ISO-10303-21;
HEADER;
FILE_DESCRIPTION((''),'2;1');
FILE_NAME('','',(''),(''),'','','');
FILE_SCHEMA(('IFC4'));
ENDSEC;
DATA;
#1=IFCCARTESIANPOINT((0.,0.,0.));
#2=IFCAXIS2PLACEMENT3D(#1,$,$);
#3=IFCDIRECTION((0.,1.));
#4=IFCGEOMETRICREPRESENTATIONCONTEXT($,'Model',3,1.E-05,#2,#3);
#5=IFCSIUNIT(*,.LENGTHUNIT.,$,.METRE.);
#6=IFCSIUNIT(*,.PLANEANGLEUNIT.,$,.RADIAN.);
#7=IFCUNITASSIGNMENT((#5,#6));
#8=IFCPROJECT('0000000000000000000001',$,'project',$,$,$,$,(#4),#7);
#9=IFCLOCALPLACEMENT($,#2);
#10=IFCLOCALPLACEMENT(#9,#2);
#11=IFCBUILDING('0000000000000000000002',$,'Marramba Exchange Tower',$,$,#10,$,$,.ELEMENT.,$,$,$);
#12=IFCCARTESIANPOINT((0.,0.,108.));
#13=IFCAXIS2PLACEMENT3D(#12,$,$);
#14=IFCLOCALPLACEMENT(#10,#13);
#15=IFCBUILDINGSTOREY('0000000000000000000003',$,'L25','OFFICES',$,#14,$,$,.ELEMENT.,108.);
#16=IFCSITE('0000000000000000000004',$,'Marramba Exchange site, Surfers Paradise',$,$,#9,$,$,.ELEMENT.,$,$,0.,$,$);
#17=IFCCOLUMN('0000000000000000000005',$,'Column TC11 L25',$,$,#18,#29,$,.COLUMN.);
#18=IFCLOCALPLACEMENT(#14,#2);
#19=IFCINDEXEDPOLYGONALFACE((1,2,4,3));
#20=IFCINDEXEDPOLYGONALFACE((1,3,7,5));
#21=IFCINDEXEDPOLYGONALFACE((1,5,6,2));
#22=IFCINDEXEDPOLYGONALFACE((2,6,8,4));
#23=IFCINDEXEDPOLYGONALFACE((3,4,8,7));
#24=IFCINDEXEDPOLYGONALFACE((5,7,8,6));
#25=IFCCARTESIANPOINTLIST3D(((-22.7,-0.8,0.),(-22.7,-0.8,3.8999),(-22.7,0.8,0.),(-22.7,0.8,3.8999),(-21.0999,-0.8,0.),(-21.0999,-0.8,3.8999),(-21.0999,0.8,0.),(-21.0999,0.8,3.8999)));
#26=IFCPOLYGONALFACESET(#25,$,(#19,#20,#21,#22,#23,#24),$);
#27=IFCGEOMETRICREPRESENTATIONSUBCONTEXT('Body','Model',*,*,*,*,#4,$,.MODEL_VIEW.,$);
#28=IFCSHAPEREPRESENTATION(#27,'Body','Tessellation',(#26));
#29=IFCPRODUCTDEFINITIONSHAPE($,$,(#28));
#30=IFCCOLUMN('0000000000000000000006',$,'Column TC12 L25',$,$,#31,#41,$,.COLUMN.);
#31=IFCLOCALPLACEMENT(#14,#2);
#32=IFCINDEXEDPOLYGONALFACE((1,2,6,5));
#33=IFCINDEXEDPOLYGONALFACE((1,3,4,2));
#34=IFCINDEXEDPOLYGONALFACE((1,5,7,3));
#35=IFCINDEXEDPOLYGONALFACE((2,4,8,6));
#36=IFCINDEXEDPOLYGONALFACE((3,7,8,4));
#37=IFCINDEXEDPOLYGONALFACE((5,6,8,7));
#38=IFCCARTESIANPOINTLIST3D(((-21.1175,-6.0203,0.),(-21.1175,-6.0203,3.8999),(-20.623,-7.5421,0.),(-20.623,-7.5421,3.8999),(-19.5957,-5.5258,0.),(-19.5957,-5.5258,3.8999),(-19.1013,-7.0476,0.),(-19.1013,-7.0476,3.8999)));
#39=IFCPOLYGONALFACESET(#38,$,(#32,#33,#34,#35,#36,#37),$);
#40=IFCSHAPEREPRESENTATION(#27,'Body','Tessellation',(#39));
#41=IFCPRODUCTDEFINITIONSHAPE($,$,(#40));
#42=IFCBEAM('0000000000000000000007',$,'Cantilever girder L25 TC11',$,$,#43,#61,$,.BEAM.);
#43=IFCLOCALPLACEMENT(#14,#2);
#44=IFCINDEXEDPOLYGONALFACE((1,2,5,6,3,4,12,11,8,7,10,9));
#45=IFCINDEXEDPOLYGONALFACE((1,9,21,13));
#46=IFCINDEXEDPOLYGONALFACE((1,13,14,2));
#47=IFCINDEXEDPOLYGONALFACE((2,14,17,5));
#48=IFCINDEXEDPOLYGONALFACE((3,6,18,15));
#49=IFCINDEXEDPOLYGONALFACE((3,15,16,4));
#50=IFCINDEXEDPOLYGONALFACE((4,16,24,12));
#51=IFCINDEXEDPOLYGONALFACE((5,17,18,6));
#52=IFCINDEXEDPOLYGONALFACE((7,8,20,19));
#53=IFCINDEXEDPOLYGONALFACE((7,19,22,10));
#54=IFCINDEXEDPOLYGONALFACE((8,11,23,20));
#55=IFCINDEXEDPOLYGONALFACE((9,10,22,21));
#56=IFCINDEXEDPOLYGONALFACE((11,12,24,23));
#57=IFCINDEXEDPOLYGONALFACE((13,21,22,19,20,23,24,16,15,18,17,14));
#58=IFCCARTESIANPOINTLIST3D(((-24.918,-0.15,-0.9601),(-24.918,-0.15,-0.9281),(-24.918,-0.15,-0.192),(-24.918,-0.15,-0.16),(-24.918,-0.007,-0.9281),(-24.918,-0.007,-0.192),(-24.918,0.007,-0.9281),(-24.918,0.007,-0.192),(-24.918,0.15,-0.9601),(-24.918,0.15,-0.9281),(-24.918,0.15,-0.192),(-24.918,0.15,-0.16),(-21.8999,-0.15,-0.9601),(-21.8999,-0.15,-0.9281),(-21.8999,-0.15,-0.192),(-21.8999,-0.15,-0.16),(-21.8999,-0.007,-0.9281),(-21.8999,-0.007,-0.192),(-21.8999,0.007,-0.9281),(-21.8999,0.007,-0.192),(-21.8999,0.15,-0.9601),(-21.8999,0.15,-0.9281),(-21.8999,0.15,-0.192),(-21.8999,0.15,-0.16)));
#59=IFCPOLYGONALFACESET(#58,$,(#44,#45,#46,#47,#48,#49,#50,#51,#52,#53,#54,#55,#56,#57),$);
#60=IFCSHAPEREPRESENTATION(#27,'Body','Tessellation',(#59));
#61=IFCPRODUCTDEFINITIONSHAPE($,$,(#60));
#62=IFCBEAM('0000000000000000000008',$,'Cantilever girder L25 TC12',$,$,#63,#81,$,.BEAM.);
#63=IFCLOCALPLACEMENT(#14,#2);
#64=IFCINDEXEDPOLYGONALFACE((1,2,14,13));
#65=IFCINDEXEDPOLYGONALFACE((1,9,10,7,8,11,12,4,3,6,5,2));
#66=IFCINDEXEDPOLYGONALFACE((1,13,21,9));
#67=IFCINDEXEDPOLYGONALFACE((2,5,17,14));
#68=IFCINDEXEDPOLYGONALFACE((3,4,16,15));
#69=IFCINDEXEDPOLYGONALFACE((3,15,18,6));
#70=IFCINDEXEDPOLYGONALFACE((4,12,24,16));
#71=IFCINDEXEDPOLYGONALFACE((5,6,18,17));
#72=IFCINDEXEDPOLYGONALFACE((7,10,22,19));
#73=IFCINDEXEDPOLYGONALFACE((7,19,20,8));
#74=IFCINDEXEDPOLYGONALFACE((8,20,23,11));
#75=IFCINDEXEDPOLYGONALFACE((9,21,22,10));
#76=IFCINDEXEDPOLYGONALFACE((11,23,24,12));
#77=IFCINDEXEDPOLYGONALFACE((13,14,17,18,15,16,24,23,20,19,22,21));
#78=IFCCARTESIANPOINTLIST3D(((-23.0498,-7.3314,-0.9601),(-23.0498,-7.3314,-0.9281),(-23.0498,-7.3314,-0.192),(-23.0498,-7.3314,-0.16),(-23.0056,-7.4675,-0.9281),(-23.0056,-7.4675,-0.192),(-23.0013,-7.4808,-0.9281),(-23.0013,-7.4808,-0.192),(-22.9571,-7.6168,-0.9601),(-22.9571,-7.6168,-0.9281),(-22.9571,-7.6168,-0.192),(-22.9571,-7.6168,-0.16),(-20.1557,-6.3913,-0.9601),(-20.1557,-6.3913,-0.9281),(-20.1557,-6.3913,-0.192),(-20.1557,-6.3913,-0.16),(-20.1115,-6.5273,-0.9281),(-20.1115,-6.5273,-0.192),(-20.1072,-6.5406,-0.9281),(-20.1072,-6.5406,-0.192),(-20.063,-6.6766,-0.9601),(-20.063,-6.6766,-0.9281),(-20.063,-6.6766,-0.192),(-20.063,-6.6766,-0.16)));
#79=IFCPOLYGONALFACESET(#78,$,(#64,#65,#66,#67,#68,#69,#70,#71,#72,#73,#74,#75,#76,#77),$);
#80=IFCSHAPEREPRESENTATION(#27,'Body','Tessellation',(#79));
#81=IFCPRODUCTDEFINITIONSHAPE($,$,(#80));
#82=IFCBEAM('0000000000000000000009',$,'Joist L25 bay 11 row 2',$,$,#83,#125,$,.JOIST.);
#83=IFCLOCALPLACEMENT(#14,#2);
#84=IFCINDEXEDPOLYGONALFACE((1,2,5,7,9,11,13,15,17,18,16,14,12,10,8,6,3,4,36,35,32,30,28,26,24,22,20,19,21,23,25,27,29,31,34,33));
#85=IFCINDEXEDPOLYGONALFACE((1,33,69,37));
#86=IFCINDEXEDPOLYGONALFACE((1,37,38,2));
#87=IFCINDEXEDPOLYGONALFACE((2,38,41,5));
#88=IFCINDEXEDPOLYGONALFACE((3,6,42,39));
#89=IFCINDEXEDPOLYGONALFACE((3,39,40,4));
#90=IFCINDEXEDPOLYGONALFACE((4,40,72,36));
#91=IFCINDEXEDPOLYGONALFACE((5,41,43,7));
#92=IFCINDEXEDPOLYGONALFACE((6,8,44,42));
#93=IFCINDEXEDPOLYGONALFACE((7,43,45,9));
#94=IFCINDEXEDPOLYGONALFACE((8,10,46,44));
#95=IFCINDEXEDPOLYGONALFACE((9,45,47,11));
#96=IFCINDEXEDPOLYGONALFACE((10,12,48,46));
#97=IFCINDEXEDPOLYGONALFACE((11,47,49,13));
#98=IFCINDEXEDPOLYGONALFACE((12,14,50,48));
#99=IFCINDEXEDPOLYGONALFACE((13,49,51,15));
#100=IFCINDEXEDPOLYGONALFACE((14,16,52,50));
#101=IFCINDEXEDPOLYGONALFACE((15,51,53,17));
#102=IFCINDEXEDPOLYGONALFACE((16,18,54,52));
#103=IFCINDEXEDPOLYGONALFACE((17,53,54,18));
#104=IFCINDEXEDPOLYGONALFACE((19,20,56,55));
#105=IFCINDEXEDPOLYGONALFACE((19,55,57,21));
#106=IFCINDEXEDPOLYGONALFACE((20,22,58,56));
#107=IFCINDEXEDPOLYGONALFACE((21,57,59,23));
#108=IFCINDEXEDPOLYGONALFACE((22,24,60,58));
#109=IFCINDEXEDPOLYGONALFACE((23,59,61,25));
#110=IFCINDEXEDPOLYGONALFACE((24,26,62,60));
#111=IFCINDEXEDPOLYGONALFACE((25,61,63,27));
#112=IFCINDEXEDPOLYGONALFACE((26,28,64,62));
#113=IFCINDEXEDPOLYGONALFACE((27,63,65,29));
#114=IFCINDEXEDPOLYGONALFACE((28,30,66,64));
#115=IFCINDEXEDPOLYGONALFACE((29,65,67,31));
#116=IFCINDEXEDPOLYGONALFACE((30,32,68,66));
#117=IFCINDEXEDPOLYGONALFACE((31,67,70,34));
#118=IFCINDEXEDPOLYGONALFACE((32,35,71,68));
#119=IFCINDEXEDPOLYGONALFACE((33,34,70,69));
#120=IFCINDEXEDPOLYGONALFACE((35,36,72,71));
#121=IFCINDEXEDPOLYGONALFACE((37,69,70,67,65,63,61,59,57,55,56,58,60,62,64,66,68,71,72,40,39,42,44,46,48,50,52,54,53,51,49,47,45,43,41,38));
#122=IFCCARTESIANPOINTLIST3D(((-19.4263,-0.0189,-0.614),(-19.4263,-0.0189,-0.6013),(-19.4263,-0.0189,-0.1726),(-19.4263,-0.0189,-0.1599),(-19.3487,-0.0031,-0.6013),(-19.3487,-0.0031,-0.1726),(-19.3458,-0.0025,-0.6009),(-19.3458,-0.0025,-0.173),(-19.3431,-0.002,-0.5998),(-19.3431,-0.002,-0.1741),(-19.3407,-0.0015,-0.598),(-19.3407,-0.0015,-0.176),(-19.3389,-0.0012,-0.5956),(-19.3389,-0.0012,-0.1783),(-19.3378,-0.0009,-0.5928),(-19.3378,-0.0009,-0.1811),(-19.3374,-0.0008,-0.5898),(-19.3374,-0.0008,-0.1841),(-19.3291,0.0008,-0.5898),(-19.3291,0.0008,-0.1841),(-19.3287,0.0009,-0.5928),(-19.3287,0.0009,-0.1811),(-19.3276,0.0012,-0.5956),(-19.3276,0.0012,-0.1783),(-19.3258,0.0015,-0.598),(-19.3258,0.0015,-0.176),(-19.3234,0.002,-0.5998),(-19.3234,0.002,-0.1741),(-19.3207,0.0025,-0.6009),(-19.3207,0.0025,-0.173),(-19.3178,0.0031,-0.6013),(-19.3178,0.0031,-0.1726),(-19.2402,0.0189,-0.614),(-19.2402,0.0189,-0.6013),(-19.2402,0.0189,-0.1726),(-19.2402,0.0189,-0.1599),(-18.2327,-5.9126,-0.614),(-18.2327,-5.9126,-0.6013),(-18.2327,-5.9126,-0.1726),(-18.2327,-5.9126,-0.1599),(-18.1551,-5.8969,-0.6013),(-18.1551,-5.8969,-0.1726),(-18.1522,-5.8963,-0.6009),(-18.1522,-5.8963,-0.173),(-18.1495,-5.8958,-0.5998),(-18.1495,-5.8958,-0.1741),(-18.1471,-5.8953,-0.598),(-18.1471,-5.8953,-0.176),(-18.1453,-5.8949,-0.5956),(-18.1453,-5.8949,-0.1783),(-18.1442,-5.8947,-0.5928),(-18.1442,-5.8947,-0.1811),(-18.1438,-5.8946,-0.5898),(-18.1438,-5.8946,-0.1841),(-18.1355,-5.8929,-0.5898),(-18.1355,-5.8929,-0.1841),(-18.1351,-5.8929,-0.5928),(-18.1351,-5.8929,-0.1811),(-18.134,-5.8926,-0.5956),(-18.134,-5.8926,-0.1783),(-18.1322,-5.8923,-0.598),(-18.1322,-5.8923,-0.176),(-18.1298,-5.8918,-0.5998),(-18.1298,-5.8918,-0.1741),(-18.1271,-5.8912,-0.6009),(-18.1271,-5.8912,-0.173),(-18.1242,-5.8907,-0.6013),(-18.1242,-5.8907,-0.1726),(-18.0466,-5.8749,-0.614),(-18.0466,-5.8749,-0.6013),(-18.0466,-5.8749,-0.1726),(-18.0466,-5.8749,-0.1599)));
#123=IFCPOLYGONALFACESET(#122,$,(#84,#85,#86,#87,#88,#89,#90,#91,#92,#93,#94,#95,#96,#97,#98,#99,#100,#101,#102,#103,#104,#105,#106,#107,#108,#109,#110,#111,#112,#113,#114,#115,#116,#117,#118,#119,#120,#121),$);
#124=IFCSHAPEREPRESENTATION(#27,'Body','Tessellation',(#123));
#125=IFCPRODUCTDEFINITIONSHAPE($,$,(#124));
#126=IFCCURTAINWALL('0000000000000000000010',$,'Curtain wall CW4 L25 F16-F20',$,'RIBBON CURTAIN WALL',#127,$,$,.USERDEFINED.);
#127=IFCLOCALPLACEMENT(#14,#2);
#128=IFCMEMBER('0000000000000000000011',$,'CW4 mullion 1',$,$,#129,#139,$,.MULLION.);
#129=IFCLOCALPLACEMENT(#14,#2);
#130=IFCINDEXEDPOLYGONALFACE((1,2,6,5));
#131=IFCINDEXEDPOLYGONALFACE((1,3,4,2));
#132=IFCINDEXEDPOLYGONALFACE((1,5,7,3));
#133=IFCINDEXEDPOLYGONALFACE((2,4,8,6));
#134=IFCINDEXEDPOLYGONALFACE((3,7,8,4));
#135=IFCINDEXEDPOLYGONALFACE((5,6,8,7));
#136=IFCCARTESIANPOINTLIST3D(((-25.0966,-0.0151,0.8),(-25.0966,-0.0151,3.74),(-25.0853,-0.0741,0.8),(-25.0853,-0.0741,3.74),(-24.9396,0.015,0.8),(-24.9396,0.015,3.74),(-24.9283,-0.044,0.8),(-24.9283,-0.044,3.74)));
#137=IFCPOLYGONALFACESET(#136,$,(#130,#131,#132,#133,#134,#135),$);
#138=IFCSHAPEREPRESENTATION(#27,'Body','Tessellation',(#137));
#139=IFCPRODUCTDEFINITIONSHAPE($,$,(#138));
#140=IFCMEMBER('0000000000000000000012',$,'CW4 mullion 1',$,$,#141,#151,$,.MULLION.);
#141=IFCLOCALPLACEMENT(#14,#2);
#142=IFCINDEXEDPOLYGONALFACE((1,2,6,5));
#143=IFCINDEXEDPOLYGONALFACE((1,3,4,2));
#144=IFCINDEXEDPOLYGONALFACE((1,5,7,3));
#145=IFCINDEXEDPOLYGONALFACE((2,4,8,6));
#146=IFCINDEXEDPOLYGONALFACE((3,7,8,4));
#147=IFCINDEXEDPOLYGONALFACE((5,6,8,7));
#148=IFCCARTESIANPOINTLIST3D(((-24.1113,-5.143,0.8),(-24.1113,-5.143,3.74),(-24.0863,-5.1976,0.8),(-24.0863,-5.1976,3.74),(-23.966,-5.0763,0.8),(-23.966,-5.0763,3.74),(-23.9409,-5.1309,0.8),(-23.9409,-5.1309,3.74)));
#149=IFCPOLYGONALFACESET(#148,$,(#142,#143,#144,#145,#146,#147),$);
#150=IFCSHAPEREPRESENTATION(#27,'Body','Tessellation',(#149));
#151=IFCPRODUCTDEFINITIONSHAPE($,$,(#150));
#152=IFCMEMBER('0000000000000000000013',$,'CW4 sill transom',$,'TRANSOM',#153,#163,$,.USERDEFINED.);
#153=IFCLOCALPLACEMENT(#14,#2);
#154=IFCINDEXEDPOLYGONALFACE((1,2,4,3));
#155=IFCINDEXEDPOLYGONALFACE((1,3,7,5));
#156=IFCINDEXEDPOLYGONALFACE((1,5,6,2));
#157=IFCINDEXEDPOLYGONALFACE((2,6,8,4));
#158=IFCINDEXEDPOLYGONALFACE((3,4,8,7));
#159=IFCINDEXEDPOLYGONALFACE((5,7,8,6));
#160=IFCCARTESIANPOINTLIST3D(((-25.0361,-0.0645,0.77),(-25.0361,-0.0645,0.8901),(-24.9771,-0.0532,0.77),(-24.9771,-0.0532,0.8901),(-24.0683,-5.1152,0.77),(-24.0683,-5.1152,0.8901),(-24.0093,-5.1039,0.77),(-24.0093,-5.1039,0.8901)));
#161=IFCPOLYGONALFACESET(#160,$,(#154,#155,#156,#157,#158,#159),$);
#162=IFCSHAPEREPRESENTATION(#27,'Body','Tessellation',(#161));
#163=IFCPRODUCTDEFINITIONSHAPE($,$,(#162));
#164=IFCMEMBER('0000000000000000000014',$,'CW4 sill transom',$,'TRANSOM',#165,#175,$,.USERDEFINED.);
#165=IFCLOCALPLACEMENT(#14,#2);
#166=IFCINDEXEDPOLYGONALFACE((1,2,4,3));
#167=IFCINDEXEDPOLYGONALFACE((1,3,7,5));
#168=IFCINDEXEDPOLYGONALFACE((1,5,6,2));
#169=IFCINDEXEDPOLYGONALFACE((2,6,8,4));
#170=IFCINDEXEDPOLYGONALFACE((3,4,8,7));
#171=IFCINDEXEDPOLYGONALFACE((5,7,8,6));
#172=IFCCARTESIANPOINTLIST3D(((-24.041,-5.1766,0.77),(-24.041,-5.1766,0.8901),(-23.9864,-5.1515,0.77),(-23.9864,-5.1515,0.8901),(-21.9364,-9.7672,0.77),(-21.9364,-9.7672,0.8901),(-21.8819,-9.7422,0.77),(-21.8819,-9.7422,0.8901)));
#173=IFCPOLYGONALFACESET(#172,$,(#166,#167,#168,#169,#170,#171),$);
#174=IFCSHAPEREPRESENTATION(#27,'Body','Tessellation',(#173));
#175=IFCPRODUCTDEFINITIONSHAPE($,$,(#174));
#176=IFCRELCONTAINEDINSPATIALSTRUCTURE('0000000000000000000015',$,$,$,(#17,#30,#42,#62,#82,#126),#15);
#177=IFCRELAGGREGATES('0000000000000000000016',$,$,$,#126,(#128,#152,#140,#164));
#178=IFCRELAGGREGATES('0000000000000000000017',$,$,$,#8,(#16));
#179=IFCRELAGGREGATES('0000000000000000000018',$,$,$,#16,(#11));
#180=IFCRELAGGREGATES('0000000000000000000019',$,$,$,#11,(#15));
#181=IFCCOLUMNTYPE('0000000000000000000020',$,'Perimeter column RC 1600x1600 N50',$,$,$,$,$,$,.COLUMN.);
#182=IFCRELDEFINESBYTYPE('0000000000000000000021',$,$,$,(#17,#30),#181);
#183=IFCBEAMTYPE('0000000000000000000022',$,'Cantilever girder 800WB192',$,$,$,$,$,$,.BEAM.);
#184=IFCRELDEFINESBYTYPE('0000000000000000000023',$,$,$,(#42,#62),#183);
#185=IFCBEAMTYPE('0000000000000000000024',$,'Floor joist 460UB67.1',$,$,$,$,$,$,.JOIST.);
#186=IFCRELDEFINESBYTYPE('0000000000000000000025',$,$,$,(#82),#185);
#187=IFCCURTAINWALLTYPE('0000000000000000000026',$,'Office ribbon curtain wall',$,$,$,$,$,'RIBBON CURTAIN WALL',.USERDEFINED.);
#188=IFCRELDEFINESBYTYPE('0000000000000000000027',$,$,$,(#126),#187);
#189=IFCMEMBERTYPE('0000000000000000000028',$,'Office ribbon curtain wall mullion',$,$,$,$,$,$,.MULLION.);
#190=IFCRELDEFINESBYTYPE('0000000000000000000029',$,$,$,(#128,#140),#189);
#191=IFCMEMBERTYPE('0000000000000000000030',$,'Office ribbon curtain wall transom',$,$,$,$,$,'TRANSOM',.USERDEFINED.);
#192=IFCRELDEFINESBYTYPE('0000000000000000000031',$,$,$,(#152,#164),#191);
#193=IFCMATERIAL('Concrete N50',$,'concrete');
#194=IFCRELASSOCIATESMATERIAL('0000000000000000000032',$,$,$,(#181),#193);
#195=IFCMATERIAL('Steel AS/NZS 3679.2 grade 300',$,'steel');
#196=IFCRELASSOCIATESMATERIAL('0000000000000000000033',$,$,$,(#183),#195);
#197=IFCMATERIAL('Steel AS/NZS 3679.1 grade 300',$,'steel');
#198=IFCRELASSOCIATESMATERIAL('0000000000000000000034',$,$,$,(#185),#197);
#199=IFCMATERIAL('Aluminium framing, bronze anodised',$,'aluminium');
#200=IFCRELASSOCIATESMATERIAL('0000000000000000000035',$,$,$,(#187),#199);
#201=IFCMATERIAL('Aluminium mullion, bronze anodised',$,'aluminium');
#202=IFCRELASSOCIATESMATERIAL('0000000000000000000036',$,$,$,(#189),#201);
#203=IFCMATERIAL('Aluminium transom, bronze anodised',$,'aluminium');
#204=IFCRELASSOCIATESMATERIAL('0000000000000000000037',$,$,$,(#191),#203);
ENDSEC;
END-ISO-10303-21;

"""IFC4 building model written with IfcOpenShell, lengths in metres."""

from ifc_helpers import new_model, si_unit, direction, frame, origin, origin_2d, place, context, subcontext, project, spatial, rectangle, i_section, extrude, material, material_profile, profile_set, type_object, element, aggregate, save


model = new_model("IFC4")

# Units and contexts
model_context = context("Model", 3, precision=1e-05, world=origin(), true_north=direction((0.0, 1.0)))
body_context = subcontext(model_context, "Body", "Model", "MODEL_VIEW")
ifc_project = project(units=[si_unit("LENGTHUNIT", "METRE"), si_unit("PLANEANGLEUNIT", "RADIAN")], contexts=[model_context])

# Site, building, storey
site_placement = place(None, origin())
site = spatial("IfcSite", under=ifc_project, at=site_placement, Name="Marramba Exchange site, Surfers Paradise", CompositionType="ELEMENT", RefElevation=0.0)
building_placement = place(site_placement, origin())
building = spatial("IfcBuilding", under=site, at=building_placement, Name="Marramba Exchange Tower", CompositionType="ELEMENT")
storey_placement = place(building_placement, frame((0.0, 0.0, 108.0)))
storey = spatial("IfcBuildingStorey", under=building, at=storey_placement, Name="L25", Description="OFFICES", CompositionType="ELEMENT", Elevation=108.0)

# Columns
ifc_material_1 = material(Name="Concrete N50", Category="concrete")
ifc_material_profile_1 = material_profile(ifc_material_1, rectangle(XDim=1.6001, YDim=1.6001, at=origin_2d()), Name="RC 1600x1600")
ifc_profile_set_1 = profile_set([ifc_material_profile_1], Name="Concrete N50")
column_type = type_object("IfcColumnType", Name="Perimeter column RC 1600x1600 N50", PredefinedType="COLUMN", material=ifc_profile_set_1)
for number, where, z_axis, x_axis, name in (
    (1, (-21.8999, 0.0, 0.0), (0.0, 0.0, 1.0), (-1.0, 0.0, 0.0), "Column TC11 L25"),
    (2, (-20.1094, -6.5339, 0.0), (0.0, 0.0, 1.0), (-0.951057, -0.309017, 0.0), "Column TC12 L25"),
):
    element("IfcColumn", number, at=place(storey_placement, frame(where, z_axis=z_axis, x_axis=x_axis)), inside=storey, type_object=column_type, Name=name, PredefinedType="COLUMN", context=body_context, shape_type="SweptSolid", body=[
        extrude(rectangle(XDim=1.6001, YDim=1.6001, at=origin_2d()), origin(), (0.0, 0.0, 1.0), 3.8999),
    ])

# Beams
ifc_material_2 = material(Name="Steel AS/NZS 3679.2 grade 300", Category="steel")
ifc_material_profile_2 = material_profile(ifc_material_2, i_section(OverallWidth=0.3, OverallDepth=0.8, WebThickness=0.0139, FlangeThickness=0.032, at=origin_2d()), Name="800WB192")
ifc_profile_set_2 = profile_set([ifc_material_profile_2], Name="Steel AS/NZS 3679.2 grade 300")
beam_type_1 = type_object("IfcBeamType", Name="Cantilever girder 800WB192", PredefinedType="BEAM", material=ifc_profile_set_2)
beam_1_placement = place(storey_placement, frame((-21.8999, 0.0, -0.5601), z_axis=(-1.0, 0.0, 0.0), x_axis=(0.0, -1.0, 0.0)))
element("IfcBeam", 3, at=beam_1_placement, inside=storey, type_object=beam_type_1, Name="Cantilever girder L25 TC11", PredefinedType="BEAM", context=body_context, shape_type="SweptSolid", body=[
    extrude(i_section(OverallWidth=0.3, OverallDepth=0.8, WebThickness=0.0139, FlangeThickness=0.032, at=origin_2d()), origin(), (0.0, 0.0, 1.0), 3.0181),
])
beam_2_placement = place(storey_placement, frame((-20.1094, -6.5339, -0.5601), z_axis=(-0.951071, -0.308974, 0.0), x_axis=(0.308974, -0.951071, 0.0)))
element("IfcBeam", 4, at=beam_2_placement, inside=storey, type_object=beam_type_1, Name="Cantilever girder L25 TC12", PredefinedType="BEAM", context=body_context, shape_type="SweptSolid", body=[
    extrude(i_section(OverallWidth=0.3, OverallDepth=0.8, WebThickness=0.0139, FlangeThickness=0.032, at=origin_2d()), origin(), (0.0, 0.0, 1.0), 3.043),
])
ifc_material_3 = material(Name="Steel AS/NZS 3679.1 grade 300", Category="steel")
ifc_material_profile_3 = material_profile(ifc_material_3, i_section(OverallWidth=0.1899, OverallDepth=0.4541, WebThickness=0.0085, FlangeThickness=0.0127, FilletRadius=0.0115, at=origin_2d()), Name="460UB67.1")
ifc_profile_set_3 = profile_set([ifc_material_profile_3], Name="Steel AS/NZS 3679.1 grade 300")
beam_type_2 = type_object("IfcBeamType", Name="Floor joist 460UB67.1", PredefinedType="JOIST", material=ifc_profile_set_3)
beam_3_placement = place(storey_placement, frame((-19.3333, 0.0, -0.387), z_axis=(0.198489, -0.980103, 0.0), x_axis=(0.980103, 0.198489, 0.0)))
element("IfcBeam", 5, at=beam_3_placement, inside=storey, type_object=beam_type_2, Name="Joist L25 bay 11 row 2", PredefinedType="JOIST", context=body_context, shape_type="SweptSolid", body=[
    extrude(i_section(OverallWidth=0.1899, OverallDepth=0.4541, WebThickness=0.0085, FlangeThickness=0.0127, FilletRadius=0.0115, at=origin_2d()), origin(), (0.0, 0.0, 1.0), 6.0134),
])

# Curtain wall, members
ifc_material_4 = material(Name="Aluminium framing, bronze anodised", Category="aluminium")
curtain_wall_type = type_object("IfcCurtainWallType", Name="Office ribbon curtain wall", ElementType="RIBBON CURTAIN WALL", PredefinedType="USERDEFINED", material=ifc_material_4)
curtain_wall_placement = place(storey_placement, origin())
curtain_wall = element("IfcCurtainWall", 6, at=curtain_wall_placement, inside=storey, type_object=curtain_wall_type, Name="Curtain wall CW4 L25 F16-F20", ObjectType="RIBBON CURTAIN WALL", PredefinedType="USERDEFINED")
ifc_material_5 = material(Name="Aluminium mullion, bronze anodised", Category="aluminium")
ifc_material_profile_4 = material_profile(ifc_material_5, rectangle(XDim=0.1599, YDim=0.0601, at=origin_2d()), Name="CW4 mullion 60x160")
ifc_profile_set_4 = profile_set([ifc_material_profile_4], Name="Aluminium mullion, bronze anodised")
member_type_1 = type_object("IfcMemberType", Name="Office ribbon curtain wall mullion", PredefinedType="MULLION", material=ifc_profile_set_4)
member_1_placement = place(storey_placement, frame((-25.0125, -0.0295, 0.8), z_axis=(0.0, 0.0, 1.0), x_axis=(0.982126, 0.188227, 0.0)))
member_1 = element("IfcMember", 7, at=member_1_placement, type_object=member_type_1, Name="CW4 mullion 1", PredefinedType="MULLION", context=body_context, shape_type="SweptSolid", body=[
    extrude(rectangle(XDim=0.1599, YDim=0.0601, at=origin_2d()), origin(), (0.0, 0.0, 1.0), 2.9399),
])
member_2_placement = place(storey_placement, frame((-24.0261, -5.137, 0.8), z_axis=(0.0, 0.0, 1.0), x_axis=(0.909027, 0.416738, 0.0)))
member_2 = element("IfcMember", 8, at=member_2_placement, type_object=member_type_1, Name="CW4 mullion 1", PredefinedType="MULLION", context=body_context, shape_type="SweptSolid", body=[
    extrude(rectangle(XDim=0.1599, YDim=0.0601, at=origin_2d()), origin(), (0.0, 0.0, 1.0), 2.9399),
])
ifc_material_6 = material(Name="Aluminium transom, bronze anodised", Category="aluminium")
ifc_material_profile_5 = material_profile(ifc_material_6, rectangle(XDim=0.0601, YDim=0.1201, at=origin_2d()), Name="CW4 transom 60x120")
ifc_profile_set_5 = profile_set([ifc_material_profile_5], Name="Aluminium transom, bronze anodised")
member_type_2 = type_object("IfcMemberType", Name="Office ribbon curtain wall transom", ElementType="TRANSOM", PredefinedType="USERDEFINED", material=ifc_profile_set_5)
member_3_placement = place(storey_placement, frame((-25.0066, -0.0588, 0.8301), z_axis=(0.188185, -0.982134, 0.0), x_axis=(0.982134, 0.188185, 0.0)))
member_3 = element("IfcMember", 9, at=member_3_placement, type_object=member_type_2, Name="CW4 sill transom", ObjectType="TRANSOM", PredefinedType="USERDEFINED", context=body_context, shape_type="SweptSolid", body=[
    extrude(rectangle(XDim=0.0601, YDim=0.1201, at=origin_2d()), origin(), (0.0, 0.0, 1.0), 5.1426),
])
member_4_placement = place(storey_placement, frame((-24.0137, -5.1641, 0.8301), z_axis=(0.416733, -0.909029, 0.0), x_axis=(0.909029, 0.416733, 0.0)))
member_4 = element("IfcMember", 10, at=member_4_placement, type_object=member_type_2, Name="CW4 sill transom", ObjectType="TRANSOM", PredefinedType="USERDEFINED", context=body_context, shape_type="SweptSolid", body=[
    extrude(rectangle(XDim=0.0601, YDim=0.1201, at=origin_2d()), origin(), (0.0, 0.0, 1.0), 5.05),
])

aggregate(curtain_wall, [member_1, member_3, member_2, member_4])

save(model, "model.ifc")
